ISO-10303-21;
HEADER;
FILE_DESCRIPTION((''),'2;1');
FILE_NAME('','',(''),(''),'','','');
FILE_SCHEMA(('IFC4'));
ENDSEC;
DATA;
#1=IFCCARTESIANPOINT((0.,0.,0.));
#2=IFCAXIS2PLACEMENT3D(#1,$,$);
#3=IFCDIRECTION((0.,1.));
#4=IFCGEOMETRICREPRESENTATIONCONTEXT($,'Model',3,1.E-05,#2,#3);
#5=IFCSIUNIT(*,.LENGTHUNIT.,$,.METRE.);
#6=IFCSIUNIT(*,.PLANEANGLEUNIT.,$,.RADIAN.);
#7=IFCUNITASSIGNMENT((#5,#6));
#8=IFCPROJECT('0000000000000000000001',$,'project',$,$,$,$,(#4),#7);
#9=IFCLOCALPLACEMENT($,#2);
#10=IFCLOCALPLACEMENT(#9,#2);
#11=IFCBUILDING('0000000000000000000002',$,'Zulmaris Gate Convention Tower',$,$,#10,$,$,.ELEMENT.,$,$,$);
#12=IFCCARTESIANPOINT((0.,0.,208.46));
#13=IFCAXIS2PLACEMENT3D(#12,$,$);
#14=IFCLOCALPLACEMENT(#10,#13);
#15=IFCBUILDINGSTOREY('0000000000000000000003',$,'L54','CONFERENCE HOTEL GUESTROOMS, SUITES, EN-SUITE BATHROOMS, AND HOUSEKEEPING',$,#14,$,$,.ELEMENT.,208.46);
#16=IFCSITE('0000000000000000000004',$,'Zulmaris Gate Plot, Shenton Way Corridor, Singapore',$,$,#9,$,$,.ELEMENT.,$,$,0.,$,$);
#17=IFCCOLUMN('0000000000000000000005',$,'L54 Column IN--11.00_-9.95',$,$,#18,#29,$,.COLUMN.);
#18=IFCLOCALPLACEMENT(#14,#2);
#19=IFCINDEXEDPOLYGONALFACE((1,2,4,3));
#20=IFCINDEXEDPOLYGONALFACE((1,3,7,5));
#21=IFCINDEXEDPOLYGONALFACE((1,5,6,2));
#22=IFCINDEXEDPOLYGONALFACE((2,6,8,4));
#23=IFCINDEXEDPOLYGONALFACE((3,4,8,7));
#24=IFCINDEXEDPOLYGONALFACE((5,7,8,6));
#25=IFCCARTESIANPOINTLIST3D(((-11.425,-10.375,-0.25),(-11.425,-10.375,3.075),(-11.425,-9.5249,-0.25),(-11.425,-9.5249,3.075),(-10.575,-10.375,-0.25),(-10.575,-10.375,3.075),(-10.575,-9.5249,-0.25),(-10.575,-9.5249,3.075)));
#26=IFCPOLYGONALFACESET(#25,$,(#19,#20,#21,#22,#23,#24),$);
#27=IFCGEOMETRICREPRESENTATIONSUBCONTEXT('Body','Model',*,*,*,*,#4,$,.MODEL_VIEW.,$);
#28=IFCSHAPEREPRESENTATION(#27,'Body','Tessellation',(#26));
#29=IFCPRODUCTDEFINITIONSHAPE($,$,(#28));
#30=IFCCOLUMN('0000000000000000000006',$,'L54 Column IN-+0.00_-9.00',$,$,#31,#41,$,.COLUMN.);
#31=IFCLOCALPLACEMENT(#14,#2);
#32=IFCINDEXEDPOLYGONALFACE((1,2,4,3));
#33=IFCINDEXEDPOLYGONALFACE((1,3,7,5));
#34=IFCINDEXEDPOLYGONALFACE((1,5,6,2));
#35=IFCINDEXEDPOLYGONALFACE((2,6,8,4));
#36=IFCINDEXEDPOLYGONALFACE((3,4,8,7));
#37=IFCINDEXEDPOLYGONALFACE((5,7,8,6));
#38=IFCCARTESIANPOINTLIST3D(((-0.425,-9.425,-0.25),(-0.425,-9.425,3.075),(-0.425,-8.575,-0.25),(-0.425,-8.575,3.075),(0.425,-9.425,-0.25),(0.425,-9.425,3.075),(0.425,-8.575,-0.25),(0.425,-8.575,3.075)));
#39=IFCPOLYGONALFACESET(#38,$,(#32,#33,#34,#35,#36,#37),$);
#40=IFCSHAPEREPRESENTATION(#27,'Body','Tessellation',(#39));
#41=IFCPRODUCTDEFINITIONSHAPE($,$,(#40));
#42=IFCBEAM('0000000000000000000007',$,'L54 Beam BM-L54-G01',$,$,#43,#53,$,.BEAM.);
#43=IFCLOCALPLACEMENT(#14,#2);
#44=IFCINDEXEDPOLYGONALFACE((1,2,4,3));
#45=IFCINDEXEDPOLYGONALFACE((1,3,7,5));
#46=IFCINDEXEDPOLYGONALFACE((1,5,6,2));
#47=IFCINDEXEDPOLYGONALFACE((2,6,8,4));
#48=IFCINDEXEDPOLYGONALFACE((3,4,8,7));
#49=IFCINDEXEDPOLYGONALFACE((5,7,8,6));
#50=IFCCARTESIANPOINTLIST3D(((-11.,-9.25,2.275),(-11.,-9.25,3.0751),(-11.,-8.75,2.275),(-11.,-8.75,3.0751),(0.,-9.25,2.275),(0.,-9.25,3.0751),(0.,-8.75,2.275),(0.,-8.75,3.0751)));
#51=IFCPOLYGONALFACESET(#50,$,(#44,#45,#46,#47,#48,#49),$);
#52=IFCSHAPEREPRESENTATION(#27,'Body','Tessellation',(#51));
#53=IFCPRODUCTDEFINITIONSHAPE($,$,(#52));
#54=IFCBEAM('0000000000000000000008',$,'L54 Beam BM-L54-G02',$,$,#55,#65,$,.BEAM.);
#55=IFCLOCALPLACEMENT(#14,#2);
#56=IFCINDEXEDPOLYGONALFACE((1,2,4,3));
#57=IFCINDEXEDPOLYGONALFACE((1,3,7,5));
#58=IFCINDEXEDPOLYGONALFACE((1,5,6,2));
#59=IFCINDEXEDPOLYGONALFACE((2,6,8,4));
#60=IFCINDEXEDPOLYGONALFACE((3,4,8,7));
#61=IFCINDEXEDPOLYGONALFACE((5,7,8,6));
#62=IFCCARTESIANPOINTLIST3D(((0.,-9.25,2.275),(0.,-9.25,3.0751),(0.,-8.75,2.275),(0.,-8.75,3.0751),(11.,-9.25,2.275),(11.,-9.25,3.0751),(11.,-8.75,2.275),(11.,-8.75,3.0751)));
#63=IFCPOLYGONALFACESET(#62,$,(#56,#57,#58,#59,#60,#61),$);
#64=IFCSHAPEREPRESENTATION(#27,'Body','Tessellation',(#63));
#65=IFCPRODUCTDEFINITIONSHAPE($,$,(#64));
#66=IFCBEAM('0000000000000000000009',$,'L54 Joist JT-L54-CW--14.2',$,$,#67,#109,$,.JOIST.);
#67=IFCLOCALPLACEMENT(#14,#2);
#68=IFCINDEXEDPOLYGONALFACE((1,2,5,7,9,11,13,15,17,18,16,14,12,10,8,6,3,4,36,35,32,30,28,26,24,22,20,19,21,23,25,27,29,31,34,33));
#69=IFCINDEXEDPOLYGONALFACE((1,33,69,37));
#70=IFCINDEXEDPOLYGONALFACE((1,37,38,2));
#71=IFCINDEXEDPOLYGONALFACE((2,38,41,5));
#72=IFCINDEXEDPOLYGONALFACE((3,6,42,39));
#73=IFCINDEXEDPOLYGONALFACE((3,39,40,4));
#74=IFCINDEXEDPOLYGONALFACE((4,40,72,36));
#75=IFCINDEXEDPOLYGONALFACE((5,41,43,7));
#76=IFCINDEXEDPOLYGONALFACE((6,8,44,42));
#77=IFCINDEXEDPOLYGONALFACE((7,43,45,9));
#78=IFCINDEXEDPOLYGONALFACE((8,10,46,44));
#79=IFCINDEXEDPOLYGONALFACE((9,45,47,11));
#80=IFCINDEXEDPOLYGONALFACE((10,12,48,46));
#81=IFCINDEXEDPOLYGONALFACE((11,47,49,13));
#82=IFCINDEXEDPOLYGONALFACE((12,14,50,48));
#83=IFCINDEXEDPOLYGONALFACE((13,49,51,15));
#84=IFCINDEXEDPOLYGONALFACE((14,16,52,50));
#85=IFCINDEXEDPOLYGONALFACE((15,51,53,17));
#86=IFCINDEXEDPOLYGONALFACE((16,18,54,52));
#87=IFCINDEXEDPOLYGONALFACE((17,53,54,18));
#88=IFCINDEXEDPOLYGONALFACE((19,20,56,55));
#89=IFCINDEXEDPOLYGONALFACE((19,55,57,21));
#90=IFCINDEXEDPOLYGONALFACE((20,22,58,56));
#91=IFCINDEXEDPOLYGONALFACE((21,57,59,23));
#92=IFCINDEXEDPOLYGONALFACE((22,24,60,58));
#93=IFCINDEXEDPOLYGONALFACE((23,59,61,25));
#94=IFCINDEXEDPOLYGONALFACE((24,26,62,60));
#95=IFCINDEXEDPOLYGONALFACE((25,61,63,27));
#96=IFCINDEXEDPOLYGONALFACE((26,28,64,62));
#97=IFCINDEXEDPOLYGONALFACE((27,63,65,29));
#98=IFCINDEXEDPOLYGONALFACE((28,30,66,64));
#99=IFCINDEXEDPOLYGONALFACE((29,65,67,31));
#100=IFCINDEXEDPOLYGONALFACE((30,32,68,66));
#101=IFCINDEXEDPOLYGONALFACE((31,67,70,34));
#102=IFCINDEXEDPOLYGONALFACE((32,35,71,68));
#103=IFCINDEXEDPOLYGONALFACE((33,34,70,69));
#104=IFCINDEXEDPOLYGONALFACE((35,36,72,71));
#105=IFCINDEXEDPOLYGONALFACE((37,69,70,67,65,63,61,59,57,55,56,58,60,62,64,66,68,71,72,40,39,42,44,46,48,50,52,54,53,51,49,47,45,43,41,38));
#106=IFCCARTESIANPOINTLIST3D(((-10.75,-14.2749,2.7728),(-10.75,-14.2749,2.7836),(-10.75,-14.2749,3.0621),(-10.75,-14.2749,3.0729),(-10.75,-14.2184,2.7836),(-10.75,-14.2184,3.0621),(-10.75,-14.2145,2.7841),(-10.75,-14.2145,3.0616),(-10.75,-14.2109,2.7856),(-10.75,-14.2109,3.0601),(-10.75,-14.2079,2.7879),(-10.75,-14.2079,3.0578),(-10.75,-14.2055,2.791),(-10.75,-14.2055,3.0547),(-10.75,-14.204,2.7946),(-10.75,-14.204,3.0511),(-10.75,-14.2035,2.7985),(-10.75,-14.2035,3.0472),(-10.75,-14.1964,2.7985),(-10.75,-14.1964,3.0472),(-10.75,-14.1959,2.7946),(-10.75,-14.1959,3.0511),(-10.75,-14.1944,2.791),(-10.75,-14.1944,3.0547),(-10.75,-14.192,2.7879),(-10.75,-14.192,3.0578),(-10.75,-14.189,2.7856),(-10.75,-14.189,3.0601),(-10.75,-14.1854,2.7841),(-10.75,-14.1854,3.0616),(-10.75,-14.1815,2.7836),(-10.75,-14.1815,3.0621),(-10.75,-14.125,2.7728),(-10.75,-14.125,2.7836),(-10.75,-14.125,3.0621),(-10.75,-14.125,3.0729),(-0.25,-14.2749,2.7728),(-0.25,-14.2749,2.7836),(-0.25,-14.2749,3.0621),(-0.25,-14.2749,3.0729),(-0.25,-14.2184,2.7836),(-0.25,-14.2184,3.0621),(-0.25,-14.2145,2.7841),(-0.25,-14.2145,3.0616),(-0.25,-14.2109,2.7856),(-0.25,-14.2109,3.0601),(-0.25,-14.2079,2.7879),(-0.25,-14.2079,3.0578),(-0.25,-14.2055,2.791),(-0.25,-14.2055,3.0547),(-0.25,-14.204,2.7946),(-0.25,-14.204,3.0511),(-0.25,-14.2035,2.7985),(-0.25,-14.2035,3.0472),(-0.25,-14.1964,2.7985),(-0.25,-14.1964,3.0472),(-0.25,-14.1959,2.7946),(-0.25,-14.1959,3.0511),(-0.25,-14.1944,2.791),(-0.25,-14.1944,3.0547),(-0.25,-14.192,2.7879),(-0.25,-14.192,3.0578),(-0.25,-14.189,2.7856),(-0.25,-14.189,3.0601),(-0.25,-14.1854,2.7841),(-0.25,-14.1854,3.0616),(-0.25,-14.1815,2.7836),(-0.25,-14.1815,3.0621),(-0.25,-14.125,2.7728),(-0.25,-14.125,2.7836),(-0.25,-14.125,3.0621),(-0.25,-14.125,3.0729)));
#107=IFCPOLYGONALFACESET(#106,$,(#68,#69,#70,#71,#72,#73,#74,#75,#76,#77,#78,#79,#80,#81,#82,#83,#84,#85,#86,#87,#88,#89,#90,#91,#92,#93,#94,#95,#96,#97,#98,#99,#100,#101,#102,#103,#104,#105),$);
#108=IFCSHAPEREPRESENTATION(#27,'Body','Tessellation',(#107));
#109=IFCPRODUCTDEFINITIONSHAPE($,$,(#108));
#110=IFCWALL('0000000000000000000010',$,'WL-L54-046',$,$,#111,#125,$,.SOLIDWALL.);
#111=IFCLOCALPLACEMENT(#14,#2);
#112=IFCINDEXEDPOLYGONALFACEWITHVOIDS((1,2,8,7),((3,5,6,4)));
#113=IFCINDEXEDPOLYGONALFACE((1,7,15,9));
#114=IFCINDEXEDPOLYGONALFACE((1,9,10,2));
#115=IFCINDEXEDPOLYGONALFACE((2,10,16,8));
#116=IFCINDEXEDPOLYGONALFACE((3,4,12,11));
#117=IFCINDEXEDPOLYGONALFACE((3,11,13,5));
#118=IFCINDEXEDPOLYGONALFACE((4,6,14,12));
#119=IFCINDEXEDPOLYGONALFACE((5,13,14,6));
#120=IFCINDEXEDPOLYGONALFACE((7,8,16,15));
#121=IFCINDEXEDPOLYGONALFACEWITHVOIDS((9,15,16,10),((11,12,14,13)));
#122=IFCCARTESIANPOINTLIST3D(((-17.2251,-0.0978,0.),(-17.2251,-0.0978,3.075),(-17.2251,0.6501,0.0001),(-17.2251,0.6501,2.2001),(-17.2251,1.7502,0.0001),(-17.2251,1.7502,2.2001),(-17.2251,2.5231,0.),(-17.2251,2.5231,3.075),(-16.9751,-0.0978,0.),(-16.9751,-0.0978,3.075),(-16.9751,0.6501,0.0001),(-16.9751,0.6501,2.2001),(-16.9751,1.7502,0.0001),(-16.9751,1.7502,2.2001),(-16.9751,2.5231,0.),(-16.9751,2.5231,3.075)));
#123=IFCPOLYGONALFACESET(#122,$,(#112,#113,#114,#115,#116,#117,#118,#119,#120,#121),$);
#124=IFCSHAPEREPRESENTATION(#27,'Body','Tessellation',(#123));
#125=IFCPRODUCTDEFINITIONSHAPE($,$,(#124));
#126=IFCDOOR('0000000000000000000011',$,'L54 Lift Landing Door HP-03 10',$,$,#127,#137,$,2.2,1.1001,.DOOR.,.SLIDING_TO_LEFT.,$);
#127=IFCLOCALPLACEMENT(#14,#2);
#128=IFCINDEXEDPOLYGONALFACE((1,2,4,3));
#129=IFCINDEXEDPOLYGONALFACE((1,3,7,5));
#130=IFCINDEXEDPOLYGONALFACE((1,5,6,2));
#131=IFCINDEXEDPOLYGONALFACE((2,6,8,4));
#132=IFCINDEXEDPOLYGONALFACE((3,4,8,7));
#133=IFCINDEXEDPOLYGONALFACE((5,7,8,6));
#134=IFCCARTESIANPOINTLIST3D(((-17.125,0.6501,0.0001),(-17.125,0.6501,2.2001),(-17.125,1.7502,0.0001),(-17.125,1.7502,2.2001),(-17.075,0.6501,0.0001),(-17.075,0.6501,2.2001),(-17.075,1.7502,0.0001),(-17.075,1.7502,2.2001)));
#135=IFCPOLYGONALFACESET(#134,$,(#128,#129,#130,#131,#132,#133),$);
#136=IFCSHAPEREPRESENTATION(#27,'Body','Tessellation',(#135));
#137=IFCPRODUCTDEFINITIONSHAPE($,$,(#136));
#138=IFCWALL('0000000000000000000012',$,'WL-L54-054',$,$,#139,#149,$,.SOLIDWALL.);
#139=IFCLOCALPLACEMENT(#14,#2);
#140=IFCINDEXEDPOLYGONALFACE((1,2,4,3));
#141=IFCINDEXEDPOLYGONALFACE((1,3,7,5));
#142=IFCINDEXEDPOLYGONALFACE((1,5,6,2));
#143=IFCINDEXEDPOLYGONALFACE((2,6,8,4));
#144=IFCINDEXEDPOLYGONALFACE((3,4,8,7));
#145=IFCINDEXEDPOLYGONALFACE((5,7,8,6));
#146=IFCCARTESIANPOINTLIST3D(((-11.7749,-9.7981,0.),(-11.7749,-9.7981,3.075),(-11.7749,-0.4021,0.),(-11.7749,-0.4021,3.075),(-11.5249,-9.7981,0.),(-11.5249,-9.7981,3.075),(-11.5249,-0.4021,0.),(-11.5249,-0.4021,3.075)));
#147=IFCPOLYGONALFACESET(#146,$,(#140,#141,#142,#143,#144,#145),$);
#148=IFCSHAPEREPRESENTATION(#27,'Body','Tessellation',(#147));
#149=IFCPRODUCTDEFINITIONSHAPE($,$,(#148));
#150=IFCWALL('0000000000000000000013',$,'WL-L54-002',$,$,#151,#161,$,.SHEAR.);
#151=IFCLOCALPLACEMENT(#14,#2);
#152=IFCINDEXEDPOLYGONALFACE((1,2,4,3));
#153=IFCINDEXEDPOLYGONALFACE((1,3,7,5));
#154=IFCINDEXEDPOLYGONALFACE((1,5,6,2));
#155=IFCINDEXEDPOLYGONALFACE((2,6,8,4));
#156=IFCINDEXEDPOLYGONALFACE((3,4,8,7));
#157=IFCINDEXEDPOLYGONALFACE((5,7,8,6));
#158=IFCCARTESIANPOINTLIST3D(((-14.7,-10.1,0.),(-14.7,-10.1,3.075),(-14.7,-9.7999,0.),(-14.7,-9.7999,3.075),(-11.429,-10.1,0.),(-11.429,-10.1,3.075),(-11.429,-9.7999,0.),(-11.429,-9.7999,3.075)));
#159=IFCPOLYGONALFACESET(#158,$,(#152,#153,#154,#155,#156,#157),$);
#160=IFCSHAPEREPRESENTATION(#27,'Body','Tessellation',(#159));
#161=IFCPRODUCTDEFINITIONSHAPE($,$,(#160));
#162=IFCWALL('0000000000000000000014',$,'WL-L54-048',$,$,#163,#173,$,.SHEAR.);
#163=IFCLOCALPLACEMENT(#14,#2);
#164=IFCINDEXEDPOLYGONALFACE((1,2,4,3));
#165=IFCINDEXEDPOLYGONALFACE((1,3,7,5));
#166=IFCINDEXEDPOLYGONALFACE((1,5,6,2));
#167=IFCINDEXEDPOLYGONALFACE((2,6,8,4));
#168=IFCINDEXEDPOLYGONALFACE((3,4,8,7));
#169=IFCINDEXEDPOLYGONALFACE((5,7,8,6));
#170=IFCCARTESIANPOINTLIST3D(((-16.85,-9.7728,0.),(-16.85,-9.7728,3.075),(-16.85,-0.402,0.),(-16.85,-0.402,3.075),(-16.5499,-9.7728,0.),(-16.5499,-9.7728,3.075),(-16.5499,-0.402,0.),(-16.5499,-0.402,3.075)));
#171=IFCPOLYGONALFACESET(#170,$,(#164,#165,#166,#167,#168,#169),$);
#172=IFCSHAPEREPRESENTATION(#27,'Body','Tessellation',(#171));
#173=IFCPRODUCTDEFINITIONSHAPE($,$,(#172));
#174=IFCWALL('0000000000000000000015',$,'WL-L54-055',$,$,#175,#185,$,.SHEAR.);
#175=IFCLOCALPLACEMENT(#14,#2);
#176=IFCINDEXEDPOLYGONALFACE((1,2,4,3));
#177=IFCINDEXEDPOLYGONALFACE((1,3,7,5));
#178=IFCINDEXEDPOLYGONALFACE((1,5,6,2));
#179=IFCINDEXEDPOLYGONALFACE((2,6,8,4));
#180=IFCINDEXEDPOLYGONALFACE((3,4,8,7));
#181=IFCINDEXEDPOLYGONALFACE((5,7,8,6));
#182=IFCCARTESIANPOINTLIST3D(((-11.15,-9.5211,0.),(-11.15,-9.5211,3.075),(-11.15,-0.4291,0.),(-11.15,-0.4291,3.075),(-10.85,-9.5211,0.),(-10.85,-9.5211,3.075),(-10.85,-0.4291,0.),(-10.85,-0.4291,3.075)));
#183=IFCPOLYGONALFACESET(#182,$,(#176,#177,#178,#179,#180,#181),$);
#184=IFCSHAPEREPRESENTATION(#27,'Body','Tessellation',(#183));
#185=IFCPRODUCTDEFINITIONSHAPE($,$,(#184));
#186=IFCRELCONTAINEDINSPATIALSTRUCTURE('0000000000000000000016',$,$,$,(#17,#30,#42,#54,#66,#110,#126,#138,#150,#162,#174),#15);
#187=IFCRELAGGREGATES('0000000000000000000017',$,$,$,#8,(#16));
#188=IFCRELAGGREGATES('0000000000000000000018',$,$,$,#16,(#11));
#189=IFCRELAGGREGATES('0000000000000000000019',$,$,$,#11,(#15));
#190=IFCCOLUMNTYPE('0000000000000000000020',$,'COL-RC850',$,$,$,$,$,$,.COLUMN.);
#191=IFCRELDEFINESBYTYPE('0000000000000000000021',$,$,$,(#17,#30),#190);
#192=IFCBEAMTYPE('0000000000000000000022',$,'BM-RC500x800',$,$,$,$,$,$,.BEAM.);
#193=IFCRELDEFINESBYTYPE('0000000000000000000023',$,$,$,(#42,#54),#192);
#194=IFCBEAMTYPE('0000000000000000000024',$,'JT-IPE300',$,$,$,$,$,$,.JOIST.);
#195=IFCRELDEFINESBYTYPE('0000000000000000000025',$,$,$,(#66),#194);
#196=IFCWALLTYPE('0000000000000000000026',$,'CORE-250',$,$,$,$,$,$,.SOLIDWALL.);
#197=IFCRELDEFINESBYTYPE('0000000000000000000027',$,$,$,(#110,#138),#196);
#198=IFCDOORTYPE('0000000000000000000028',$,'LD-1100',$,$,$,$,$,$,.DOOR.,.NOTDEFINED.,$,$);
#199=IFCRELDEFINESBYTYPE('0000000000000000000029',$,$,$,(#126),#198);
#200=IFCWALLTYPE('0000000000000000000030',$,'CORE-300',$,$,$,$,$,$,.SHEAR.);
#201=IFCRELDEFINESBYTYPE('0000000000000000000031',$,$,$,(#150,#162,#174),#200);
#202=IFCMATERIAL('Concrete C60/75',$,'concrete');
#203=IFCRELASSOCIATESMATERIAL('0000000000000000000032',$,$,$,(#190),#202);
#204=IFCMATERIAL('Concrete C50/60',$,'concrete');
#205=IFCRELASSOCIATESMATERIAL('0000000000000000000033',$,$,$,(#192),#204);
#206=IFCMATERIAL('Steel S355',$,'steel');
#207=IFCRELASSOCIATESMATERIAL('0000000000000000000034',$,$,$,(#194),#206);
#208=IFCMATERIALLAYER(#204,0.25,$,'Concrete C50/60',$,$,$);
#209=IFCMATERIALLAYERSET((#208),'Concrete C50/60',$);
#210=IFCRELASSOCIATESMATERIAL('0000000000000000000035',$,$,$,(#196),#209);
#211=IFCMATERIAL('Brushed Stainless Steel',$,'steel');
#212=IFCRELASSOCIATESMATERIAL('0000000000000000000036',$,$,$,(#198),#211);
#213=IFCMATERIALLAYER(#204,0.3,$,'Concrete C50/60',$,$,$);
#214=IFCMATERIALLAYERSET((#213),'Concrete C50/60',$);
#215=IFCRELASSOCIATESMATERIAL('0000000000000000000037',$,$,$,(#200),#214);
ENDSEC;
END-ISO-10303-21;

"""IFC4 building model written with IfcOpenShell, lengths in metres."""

from ifc_helpers import new_model, si_unit, direction, frame, frame_2d, origin, origin_2d, place, context, subcontext, project, spatial, rectangle, i_section, extrude, material, layer, layer_set, material_profile, profile_set, type_object, element, fill, save


model = new_model("IFC4")

# Units and contexts
model_context = context("Model", 3, precision=1e-05, world=origin(), true_north=direction((0.0, 1.0)))
body_context = subcontext(model_context, "Body", "Model", "MODEL_VIEW")
ifc_project = project(units=[si_unit("LENGTHUNIT", "METRE"), si_unit("PLANEANGLEUNIT", "RADIAN")], contexts=[model_context])

# Site, building, storey
site_placement = place(None, origin())
site = spatial("IfcSite", under=ifc_project, at=site_placement, Name="Zulmaris Gate Plot, Shenton Way Corridor, Singapore", CompositionType="ELEMENT", RefElevation=0.0)
building_placement = place(site_placement, origin())
building = spatial("IfcBuilding", under=site, at=building_placement, Name="Zulmaris Gate Convention Tower", CompositionType="ELEMENT")
storey_placement = place(building_placement, frame((0.0, 0.0, 208.46)))
storey = spatial("IfcBuildingStorey", under=building, at=storey_placement, Name="L54", Description="CONFERENCE HOTEL GUESTROOMS, SUITES, EN-SUITE BATHROOMS, AND HOUSEKEEPING", CompositionType="ELEMENT", Elevation=208.46)

# Columns
ifc_material_1 = material(Name="Concrete C60/75", Category="concrete")
ifc_material_profile_1 = material_profile(ifc_material_1, rectangle(XDim=0.8501, YDim=0.8501, at=origin_2d()), Name="RC COL 850x850")
ifc_profile_set_1 = profile_set([ifc_material_profile_1], Name="Concrete C60/75")
column_type = type_object("IfcColumnType", Name="COL-RC850", PredefinedType="COLUMN", material=ifc_profile_set_1)
for number, where, z_axis, x_axis, name in (
    (1, (-11.0, -9.95, -0.25), (0.0, 0.0, 1.0), (1.0, 0.0, 0.0), "L54 Column IN--11.00_-9.95"),
    (2, (0.0, -9.0, -0.25), (0.0, 0.0, 1.0), (1.0, 0.0, 0.0), "L54 Column IN-+0.00_-9.00"),
):
    element("IfcColumn", number, at=place(storey_placement, frame(where, z_axis=z_axis, x_axis=x_axis)), inside=storey, type_object=column_type, Name=name, PredefinedType="COLUMN", context=body_context, shape_type="SweptSolid", body=[
        extrude(rectangle(XDim=0.8501, YDim=0.8501, at=origin_2d()), origin(), (0.0, 0.0, 1.0), 3.325),
    ])

# Beams
ifc_material_2 = material(Name="Concrete C50/60", Category="concrete")
ifc_material_profile_2 = material_profile(ifc_material_2, rectangle(XDim=0.5, YDim=0.8, at=origin_2d()), Name="RC BEAM 500x800")
ifc_profile_set_2 = profile_set([ifc_material_profile_2], Name="Concrete C50/60")
beam_type_1 = type_object("IfcBeamType", Name="BM-RC500x800", PredefinedType="BEAM", material=ifc_profile_set_2)
for number, where, z_axis, x_axis, name in (
    (3, (-11.0, -9.0, 2.675), (1.0, 0.0, 0.0), (0.0, 1.0, 0.0), "L54 Beam BM-L54-G01"),
    (4, (0.0, -9.0, 2.675), (1.0, 0.0, 0.0), (0.0, 1.0, 0.0), "L54 Beam BM-L54-G02"),
):
    element("IfcBeam", number, at=place(storey_placement, frame(where, z_axis=z_axis, x_axis=x_axis)), inside=storey, type_object=beam_type_1, Name=name, PredefinedType="BEAM", context=body_context, shape_type="SweptSolid", body=[
        extrude(rectangle(XDim=0.5, YDim=0.8, at=origin_2d()), origin(), (0.0, 0.0, 1.0), 11.0),
    ])
ifc_material_3 = material(Name="Steel S355", Category="steel")
ifc_material_profile_3 = material_profile(ifc_material_3, i_section(OverallWidth=0.1499, OverallDepth=0.3, WebThickness=0.0071, FlangeThickness=0.0107, FilletRadius=0.0149, at=origin_2d()), Name="IPE 300")
ifc_profile_set_3 = profile_set([ifc_material_profile_3], Name="Steel S355")
beam_type_2 = type_object("IfcBeamType", Name="JT-IPE300", PredefinedType="JOIST", material=ifc_profile_set_3)
beam_placement = place(storey_placement, frame((-10.75, -14.2, 2.9229), z_axis=(1.0, 0.0, 0.0), x_axis=(0.0, 1.0, 0.0)))
element("IfcBeam", 5, at=beam_placement, inside=storey, type_object=beam_type_2, Name="L54 Joist JT-L54-CW--14.2", PredefinedType="JOIST", context=body_context, shape_type="SweptSolid", body=[
    extrude(i_section(OverallWidth=0.1499, OverallDepth=0.3, WebThickness=0.0071, FlangeThickness=0.0107, FilletRadius=0.0149, at=origin_2d()), origin(), (0.0, 0.0, 1.0), 10.5),
])

# Wall, opening, door
ifc_layer_1 = layer(ifc_material_2, 0.25, Name="Concrete C50/60")
ifc_layer_set_1 = layer_set([ifc_layer_1], Name="Concrete C50/60")
wall_type_1 = type_object("IfcWallType", Name="CORE-250", PredefinedType="SOLIDWALL", material=ifc_layer_set_1)
wall_1_placement = place(storey_placement, frame((-17.1001, -0.0979, 0.0), z_axis=(0.0, 0.0, 1.0), x_axis=(0.0, 1.0, 0.0)))
wall_1 = element("IfcWall", 6, at=wall_1_placement, inside=storey, type_object=wall_type_1, Name="WL-L54-046", PredefinedType="SOLIDWALL", context=body_context, shape_type="SweptSolid", body=[
    extrude(rectangle(XDim=2.6208, YDim=0.25, at=frame_2d((1.3105, 0.0))), origin(), (0.0, 0.0, 1.0), 3.075),
])
opening_1_placement = place(wall_1_placement, frame((0.748, 0.0, 0.0)))
opening_1 = element("IfcOpeningElement", 7, at=opening_1_placement, cuts=wall_1, PredefinedType="OPENING", context=body_context, shape_type="SweptSolid", body=[
    extrude(rectangle(XDim=1.1001, YDim=2.2, at=frame_2d((0.55, 1.1001))), frame((0.0, 0.135, 0.0), z_axis=(0.0, -1.0, 0.0), x_axis=(1.0, 0.0, 0.0)), (0.0, 0.0, 1.0), 0.27),
])
ifc_material_4 = material(Name="Brushed Stainless Steel", Category="steel")
door_type_1 = type_object("IfcDoorType", Name="LD-1100", OperationType="NOTDEFINED", PredefinedType="DOOR", material=ifc_material_4)
door_1_placement = place(opening_1_placement, origin())
door_1 = element("IfcDoor", 8, at=door_1_placement, inside=storey, type_object=door_type_1, Name="L54 Lift Landing Door HP-03 10", OperationType="SLIDING_TO_LEFT", OverallHeight=2.2, OverallWidth=1.1001, PredefinedType="DOOR", context=body_context, shape_type="SweptSolid", body=[
    extrude(rectangle(XDim=1.1001, YDim=2.2, at=frame_2d((0.55, 1.1001))), frame((0.0, 0.0249, 0.0), z_axis=(0.0, -1.0, 0.0), x_axis=(1.0, 0.0, 0.0)), (0.0, 0.0, 1.0), 0.05),
])
fill(opening_1, door_1)

# Walls
wall_2_placement = place(storey_placement, frame((-11.6499, -9.7981, 0.0), z_axis=(0.0, 0.0, 1.0), x_axis=(0.0, 1.0, 0.0)))
element("IfcWall", 9, at=wall_2_placement, inside=storey, type_object=wall_type_1, Name="WL-L54-054", PredefinedType="SOLIDWALL", context=body_context, shape_type="SweptSolid", body=[
    extrude(rectangle(XDim=9.396, YDim=0.25, at=frame_2d((4.698, 0.0))), origin(), (0.0, 0.0, 1.0), 3.075),
])
ifc_layer_2 = layer(ifc_material_2, 0.3, Name="Concrete C50/60")
ifc_layer_set_2 = layer_set([ifc_layer_2], Name="Concrete C50/60")
wall_type_2 = type_object("IfcWallType", Name="CORE-300", PredefinedType="SHEAR", material=ifc_layer_set_2)
wall_3_placement = place(storey_placement, frame((-14.7, -9.95, 0.0), z_axis=(0.0, 0.0, 1.0), x_axis=(1.0, 0.0, 0.0)))
element("IfcWall", 10, at=wall_3_placement, inside=storey, type_object=wall_type_2, Name="WL-L54-002", PredefinedType="SHEAR", context=body_context, shape_type="SweptSolid", body=[
    extrude(rectangle(XDim=3.271, YDim=0.3, at=frame_2d((1.6355, 0.0))), origin(), (0.0, 0.0, 1.0), 3.075),
])
wall_4_placement = place(storey_placement, frame((-16.7, -9.7729, 0.0), z_axis=(0.0, 0.0, 1.0), x_axis=(0.0, 1.0, 0.0)))
element("IfcWall", 11, at=wall_4_placement, inside=storey, type_object=wall_type_2, Name="WL-L54-048", PredefinedType="SHEAR", context=body_context, shape_type="SweptSolid", body=[
    extrude(rectangle(XDim=9.3708, YDim=0.3, at=frame_2d((4.6855, 0.0))), origin(), (0.0, 0.0, 1.0), 3.075),
])
wall_5_placement = place(storey_placement, frame((-11.0, -9.521, 0.0), z_axis=(0.0, 0.0, 1.0), x_axis=(0.0, 1.0, 0.0)))
element("IfcWall", 12, at=wall_5_placement, inside=storey, type_object=wall_type_2, Name="WL-L54-055", PredefinedType="SHEAR", context=body_context, shape_type="SweptSolid", body=[
    extrude(rectangle(XDim=9.092, YDim=0.3, at=frame_2d((4.5459, 0.0))), origin(), (0.0, 0.0, 1.0), 3.075),
])

save(model, "model.ifc")
